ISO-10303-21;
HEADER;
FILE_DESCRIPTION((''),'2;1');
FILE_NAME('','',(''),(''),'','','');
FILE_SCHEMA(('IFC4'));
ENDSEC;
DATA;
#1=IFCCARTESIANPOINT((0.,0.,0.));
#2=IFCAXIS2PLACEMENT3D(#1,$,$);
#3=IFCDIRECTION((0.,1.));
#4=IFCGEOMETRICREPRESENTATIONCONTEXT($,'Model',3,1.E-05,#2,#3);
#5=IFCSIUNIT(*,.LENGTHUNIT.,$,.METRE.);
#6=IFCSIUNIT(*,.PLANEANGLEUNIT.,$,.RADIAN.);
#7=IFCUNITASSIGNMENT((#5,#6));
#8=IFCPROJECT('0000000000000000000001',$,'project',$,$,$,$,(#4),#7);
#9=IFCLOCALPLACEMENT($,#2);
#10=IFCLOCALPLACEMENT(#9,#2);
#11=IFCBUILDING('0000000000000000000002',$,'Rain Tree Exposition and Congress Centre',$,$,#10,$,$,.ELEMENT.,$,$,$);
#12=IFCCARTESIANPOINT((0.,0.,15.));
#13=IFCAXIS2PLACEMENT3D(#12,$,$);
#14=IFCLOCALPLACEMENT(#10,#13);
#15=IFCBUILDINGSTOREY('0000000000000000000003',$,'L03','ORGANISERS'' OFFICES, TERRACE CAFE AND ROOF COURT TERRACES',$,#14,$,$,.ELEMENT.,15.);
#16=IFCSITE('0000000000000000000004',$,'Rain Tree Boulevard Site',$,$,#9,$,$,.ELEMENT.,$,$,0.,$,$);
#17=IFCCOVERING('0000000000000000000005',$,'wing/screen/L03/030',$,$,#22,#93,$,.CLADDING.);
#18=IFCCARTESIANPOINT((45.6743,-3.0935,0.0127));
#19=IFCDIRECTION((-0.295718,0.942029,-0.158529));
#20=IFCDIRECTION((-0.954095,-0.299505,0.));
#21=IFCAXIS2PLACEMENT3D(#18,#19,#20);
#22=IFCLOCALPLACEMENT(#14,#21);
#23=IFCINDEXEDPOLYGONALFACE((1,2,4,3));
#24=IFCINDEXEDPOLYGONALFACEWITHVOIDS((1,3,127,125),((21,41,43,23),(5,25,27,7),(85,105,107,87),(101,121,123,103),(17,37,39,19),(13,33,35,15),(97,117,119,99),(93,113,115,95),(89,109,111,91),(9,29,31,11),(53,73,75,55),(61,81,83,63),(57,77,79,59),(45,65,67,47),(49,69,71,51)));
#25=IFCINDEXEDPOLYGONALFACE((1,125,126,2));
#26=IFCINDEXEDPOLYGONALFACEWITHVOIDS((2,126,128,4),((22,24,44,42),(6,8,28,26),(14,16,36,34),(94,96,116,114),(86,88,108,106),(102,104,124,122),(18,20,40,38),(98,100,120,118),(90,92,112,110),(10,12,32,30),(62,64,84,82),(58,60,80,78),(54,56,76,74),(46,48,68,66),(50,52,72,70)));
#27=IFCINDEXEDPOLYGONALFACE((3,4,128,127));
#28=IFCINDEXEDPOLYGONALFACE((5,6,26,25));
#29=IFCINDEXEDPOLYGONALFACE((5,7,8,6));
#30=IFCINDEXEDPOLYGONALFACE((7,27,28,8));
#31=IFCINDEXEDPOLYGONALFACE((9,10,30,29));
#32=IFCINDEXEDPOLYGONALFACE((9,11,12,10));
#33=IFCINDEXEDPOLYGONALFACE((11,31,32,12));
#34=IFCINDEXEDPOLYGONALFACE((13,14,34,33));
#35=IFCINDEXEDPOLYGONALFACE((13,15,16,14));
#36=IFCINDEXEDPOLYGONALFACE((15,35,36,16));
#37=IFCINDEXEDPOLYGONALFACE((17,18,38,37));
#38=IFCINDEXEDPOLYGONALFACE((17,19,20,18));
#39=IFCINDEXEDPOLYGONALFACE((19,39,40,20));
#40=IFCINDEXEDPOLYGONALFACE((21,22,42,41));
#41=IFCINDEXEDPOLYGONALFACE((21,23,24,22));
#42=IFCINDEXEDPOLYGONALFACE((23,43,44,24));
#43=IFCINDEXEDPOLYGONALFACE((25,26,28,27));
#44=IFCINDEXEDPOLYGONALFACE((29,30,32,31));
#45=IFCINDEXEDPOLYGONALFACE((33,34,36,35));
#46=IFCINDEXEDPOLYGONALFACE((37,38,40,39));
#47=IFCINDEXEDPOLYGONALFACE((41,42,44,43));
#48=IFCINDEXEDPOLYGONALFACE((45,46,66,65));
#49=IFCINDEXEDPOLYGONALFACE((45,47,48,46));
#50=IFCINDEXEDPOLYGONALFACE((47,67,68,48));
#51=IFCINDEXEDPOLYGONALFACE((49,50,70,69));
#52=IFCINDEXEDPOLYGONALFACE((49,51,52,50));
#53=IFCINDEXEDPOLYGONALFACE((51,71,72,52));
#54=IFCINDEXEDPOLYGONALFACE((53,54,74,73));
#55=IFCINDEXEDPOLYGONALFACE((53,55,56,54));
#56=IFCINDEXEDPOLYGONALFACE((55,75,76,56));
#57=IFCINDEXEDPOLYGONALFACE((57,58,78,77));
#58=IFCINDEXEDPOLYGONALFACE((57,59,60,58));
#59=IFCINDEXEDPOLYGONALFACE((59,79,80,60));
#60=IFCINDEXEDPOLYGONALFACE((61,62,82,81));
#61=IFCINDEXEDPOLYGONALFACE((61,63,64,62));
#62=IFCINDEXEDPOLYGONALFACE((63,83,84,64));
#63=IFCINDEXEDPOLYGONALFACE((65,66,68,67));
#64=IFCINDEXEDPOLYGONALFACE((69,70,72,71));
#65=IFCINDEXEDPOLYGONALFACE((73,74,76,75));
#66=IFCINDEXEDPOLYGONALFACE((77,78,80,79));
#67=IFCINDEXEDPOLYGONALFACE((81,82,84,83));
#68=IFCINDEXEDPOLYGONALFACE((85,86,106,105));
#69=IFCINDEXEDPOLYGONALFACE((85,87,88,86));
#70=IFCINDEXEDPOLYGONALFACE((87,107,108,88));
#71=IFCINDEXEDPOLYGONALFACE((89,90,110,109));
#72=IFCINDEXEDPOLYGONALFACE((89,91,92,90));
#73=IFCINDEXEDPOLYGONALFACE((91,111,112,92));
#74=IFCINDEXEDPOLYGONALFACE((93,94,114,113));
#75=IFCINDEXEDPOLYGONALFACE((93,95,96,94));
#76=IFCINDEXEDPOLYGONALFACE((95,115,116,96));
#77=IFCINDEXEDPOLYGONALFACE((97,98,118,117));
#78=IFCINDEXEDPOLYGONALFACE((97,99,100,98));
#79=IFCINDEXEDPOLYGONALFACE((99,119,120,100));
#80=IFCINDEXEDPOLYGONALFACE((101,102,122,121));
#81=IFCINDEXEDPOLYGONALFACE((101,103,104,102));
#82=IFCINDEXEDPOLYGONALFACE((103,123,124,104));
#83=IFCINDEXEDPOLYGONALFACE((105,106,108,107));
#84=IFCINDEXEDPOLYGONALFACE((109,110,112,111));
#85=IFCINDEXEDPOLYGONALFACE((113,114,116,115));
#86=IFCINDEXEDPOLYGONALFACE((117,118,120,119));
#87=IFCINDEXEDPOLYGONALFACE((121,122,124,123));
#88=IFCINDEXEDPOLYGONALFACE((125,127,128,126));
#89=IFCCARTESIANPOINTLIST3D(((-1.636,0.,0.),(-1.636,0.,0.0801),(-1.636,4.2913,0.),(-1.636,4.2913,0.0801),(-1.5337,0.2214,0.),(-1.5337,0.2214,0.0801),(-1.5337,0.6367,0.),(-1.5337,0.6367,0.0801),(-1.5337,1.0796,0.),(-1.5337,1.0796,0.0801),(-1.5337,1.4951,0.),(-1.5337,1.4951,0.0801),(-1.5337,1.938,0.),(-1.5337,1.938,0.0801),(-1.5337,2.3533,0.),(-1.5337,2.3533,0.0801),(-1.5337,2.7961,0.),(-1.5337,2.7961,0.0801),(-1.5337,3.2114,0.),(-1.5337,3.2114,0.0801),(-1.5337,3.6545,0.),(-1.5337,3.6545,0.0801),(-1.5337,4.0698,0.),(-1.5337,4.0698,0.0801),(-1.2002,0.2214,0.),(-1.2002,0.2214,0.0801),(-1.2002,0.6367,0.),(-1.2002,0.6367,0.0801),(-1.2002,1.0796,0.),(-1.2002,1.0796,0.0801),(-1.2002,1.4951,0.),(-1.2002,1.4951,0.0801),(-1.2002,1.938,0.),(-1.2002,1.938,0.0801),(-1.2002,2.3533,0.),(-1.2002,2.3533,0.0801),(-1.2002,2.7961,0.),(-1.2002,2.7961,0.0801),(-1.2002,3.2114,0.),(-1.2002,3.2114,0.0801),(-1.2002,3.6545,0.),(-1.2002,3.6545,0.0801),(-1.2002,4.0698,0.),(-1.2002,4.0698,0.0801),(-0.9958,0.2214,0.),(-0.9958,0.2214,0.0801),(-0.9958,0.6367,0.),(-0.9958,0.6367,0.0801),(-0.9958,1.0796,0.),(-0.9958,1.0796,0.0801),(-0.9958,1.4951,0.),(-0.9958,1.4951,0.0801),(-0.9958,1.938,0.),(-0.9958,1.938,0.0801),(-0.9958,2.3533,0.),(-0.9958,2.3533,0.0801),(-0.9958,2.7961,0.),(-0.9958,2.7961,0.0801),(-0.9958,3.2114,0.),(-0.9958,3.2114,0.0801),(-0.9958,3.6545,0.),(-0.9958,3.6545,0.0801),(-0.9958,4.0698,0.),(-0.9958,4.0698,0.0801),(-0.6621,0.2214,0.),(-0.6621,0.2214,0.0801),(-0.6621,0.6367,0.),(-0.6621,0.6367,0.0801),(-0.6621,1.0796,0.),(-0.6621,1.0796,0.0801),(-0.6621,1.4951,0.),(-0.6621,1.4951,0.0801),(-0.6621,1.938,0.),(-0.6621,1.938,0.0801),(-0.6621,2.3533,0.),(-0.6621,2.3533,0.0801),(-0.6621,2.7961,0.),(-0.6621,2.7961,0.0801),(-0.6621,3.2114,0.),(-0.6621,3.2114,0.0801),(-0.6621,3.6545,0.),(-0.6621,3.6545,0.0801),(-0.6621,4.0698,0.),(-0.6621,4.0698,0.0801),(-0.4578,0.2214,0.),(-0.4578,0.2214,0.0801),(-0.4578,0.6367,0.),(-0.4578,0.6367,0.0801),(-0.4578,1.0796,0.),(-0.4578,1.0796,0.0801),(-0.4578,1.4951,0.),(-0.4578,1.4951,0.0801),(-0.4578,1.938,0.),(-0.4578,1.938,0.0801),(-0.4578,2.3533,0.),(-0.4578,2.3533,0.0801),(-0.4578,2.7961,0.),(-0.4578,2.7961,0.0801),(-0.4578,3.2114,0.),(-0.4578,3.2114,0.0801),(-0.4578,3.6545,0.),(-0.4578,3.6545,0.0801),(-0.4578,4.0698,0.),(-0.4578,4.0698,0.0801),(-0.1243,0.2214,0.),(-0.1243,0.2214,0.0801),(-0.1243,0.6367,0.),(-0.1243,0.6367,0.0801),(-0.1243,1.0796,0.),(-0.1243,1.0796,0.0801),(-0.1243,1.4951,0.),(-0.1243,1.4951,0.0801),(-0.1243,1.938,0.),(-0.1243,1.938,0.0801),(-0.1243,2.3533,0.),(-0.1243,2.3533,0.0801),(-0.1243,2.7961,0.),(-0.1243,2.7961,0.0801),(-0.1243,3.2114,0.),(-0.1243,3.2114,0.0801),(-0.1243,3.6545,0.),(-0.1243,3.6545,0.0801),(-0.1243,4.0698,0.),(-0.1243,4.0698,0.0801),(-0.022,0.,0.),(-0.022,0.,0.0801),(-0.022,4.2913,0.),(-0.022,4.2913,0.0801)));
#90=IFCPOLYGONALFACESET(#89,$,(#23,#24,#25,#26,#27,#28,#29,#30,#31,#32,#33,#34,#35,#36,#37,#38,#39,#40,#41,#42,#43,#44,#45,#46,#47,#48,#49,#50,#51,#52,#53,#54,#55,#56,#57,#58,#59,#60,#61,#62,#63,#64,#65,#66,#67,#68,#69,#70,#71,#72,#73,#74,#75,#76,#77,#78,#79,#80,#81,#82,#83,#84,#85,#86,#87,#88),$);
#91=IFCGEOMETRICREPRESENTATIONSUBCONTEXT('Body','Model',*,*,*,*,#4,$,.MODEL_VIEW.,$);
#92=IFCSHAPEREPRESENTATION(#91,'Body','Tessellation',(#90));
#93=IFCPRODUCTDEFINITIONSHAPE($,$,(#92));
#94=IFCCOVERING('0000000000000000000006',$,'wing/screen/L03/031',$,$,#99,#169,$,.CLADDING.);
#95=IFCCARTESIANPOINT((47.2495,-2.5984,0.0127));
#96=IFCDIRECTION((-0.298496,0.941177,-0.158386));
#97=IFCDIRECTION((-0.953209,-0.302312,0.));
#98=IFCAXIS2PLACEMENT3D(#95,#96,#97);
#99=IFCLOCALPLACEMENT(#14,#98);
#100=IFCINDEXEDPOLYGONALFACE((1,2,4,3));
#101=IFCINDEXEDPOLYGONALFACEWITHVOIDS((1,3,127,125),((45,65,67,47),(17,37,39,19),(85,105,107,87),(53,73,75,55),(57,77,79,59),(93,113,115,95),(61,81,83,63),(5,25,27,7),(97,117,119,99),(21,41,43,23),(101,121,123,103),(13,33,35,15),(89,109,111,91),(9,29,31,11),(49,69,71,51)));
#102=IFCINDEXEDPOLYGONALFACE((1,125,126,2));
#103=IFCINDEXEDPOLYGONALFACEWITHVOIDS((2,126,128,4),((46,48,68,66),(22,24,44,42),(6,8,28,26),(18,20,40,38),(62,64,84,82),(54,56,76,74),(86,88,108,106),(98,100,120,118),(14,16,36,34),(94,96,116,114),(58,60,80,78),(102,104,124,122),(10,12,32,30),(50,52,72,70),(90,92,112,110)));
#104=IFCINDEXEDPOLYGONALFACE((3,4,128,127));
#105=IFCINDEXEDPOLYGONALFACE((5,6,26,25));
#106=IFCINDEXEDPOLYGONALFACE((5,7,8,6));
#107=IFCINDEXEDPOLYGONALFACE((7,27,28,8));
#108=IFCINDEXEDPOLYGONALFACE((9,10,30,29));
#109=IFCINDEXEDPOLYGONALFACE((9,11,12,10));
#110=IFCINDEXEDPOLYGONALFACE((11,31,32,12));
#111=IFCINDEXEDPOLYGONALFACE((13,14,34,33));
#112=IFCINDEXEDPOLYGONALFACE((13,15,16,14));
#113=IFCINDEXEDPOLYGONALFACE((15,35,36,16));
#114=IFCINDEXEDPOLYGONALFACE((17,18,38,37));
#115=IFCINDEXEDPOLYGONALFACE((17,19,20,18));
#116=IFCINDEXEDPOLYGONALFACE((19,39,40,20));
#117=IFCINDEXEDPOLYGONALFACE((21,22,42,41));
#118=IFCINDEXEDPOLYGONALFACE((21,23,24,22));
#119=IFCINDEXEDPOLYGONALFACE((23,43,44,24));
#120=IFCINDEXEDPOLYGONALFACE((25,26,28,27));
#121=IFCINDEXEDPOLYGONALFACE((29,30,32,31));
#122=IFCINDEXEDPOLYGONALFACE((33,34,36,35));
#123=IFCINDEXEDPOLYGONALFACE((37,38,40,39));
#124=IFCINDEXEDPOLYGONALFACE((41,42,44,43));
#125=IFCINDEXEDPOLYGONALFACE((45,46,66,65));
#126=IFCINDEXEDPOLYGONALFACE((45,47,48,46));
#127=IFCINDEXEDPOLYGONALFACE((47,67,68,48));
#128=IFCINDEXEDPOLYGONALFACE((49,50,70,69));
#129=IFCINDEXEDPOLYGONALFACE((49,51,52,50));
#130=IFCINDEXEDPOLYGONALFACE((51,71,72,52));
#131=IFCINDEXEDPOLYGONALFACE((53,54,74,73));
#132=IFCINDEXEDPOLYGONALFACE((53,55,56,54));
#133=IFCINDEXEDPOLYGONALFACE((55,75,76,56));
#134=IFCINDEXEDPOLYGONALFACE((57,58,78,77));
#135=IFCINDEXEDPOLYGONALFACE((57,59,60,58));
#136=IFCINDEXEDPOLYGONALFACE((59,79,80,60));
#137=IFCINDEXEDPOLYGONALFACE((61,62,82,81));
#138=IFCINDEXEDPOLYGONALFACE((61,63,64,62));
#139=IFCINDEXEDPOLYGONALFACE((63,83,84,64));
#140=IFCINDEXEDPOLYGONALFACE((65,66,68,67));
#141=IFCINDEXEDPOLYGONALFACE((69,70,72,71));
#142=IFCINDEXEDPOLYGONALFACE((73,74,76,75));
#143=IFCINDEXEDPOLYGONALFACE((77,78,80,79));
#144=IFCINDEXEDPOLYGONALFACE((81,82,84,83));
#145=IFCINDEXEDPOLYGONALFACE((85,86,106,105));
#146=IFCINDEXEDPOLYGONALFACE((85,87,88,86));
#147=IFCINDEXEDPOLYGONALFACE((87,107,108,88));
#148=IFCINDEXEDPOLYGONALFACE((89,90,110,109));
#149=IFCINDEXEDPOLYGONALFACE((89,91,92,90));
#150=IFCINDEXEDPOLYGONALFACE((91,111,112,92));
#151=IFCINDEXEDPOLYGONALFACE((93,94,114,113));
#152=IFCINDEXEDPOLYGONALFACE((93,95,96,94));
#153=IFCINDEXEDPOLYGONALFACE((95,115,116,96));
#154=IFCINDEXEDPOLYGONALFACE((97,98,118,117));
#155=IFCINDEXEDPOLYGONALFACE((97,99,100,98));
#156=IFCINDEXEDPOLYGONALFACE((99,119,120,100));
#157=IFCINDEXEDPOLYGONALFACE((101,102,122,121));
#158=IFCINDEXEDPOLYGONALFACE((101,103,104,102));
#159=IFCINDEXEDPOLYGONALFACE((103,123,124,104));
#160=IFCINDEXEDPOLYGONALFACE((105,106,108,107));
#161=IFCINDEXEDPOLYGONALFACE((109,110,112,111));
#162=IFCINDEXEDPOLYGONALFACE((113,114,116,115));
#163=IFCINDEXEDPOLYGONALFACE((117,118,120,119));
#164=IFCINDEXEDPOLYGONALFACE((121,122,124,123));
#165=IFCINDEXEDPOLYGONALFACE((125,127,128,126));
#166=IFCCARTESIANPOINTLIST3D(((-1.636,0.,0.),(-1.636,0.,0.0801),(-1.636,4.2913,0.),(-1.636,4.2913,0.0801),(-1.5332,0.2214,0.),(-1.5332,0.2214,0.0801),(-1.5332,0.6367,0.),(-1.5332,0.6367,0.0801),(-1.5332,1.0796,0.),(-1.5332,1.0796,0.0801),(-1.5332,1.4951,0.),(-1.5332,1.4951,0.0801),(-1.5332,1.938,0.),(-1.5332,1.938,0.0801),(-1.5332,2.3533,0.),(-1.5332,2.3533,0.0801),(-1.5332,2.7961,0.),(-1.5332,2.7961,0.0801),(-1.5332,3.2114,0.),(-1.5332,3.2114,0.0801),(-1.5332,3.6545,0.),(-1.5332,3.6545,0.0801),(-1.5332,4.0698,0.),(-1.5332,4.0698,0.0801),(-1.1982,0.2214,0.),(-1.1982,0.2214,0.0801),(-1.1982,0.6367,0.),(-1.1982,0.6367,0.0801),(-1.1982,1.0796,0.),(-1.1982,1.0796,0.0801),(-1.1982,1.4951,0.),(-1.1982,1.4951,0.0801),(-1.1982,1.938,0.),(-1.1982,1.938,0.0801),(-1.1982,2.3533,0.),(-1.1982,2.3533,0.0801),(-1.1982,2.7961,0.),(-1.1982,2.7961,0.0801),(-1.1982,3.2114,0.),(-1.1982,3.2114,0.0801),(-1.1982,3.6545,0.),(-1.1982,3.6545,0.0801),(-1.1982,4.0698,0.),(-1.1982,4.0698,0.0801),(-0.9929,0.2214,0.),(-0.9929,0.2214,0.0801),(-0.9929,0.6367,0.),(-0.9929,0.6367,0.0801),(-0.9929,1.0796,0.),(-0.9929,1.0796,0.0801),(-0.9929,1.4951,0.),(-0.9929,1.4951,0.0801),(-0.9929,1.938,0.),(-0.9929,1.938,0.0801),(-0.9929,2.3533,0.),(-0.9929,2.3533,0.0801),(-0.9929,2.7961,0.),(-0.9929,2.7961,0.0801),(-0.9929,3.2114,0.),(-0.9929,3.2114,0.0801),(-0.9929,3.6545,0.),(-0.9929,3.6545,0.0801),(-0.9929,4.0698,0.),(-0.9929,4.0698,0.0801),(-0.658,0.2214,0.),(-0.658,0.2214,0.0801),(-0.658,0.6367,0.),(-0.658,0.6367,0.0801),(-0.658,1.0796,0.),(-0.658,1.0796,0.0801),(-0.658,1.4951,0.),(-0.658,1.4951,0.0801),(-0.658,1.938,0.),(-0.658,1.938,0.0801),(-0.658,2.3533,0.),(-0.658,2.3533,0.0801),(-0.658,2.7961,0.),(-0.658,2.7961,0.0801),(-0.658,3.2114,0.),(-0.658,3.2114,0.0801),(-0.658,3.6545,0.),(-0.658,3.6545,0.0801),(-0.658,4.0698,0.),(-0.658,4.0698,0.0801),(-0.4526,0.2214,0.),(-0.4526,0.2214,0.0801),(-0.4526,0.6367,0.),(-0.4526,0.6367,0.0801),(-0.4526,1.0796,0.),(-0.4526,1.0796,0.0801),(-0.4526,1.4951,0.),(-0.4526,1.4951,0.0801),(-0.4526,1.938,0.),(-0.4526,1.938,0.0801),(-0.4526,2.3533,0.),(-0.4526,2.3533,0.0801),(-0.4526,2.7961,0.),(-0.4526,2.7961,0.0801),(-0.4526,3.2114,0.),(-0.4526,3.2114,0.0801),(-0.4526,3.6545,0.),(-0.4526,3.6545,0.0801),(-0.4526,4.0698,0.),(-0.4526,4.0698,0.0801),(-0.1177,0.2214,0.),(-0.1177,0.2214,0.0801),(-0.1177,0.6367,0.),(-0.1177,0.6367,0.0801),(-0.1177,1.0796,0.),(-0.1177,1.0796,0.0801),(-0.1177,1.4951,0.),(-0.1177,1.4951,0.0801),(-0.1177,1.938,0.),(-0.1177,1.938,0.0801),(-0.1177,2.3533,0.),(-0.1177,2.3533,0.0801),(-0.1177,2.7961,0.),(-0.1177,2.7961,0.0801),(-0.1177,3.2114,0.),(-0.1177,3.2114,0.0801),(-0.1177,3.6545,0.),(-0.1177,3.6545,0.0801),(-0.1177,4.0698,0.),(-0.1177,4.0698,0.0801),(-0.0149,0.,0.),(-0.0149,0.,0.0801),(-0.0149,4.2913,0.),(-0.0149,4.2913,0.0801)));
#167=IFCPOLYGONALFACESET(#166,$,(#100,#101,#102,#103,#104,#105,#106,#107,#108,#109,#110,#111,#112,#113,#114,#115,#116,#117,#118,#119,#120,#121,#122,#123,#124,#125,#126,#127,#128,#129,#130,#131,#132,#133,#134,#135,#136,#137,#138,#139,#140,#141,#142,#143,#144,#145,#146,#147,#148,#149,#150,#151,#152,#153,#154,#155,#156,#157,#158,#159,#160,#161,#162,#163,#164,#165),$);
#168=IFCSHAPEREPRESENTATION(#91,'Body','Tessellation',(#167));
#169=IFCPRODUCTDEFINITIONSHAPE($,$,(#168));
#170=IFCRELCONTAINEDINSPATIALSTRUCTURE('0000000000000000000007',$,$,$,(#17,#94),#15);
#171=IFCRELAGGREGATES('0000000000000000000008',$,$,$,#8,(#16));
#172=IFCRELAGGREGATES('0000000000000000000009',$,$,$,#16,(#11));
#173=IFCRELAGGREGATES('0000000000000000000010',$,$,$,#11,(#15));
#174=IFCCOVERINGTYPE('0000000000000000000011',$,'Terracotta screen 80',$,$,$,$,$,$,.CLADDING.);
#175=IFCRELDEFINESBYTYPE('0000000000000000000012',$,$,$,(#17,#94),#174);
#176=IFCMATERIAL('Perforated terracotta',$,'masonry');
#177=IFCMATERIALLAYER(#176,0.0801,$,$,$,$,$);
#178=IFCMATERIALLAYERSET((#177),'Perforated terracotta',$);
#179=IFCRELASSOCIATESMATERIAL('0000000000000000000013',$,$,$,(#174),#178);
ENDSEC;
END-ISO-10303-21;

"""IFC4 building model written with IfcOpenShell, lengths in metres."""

from ifc_helpers import new_model, si_unit, direction, frame, origin, place, context, subcontext, project, spatial, polyline, outline, extrude, material, layer, layer_set, type_object, element, save


model = new_model("IFC4")

# Units and contexts
model_context = context("Model", 3, precision=1e-05, world=origin(), true_north=direction((0.0, 1.0)))
body_context = subcontext(model_context, "Body", "Model", "MODEL_VIEW")
ifc_project = project(units=[si_unit("LENGTHUNIT", "METRE"), si_unit("PLANEANGLEUNIT", "RADIAN")], contexts=[model_context])

# Site, building, storey
site_placement = place(None, origin())
site = spatial("IfcSite", under=ifc_project, at=site_placement, Name="Rain Tree Boulevard Site", CompositionType="ELEMENT", RefElevation=0.0)
building_placement = place(site_placement, origin())
building = spatial("IfcBuilding", under=site, at=building_placement, Name="Rain Tree Exposition and Congress Centre", CompositionType="ELEMENT")
storey_placement = place(building_placement, frame((0.0, 0.0, 15.0)))
storey = spatial("IfcBuildingStorey", under=building, at=storey_placement, Name="L03", Description="ORGANISERS' OFFICES, TERRACE CAFE AND ROOF COURT TERRACES", CompositionType="ELEMENT", Elevation=15.0)

# Coverings
ifc_material_1 = material(Name="Perforated terracotta", Category="masonry")
ifc_layer_1 = layer(ifc_material_1, 0.0801)
ifc_layer_set_1 = layer_set([ifc_layer_1], Name="Perforated terracotta")
covering_type = type_object("IfcCoveringType", Name="Terracotta screen 80", PredefinedType="CLADDING", material=ifc_layer_set_1)
covering_1_placement = place(storey_placement, frame((45.6743, -3.0935, 0.0127), z_axis=(-0.295718, 0.942029, -0.158529), x_axis=(-0.954095, -0.299505, 0.0)))
element("IfcCovering", 1, at=covering_1_placement, inside=storey, type_object=covering_type, Name="wing/screen/L03/030", PredefinedType="CLADDING", context=body_context, shape_type="SweptSolid", body=[
    extrude(outline(polyline([(-1.636, 0.0), (-1.636, 4.2913), (-0.022, 4.2913), (-0.022, 0.0), (-1.636, 0.0)]), holes=[polyline([(-0.1243, 0.2214), (-0.1243, 0.6367), (-0.4578, 0.6367), (-0.4578, 0.2214), (-0.1243, 0.2214)]), polyline([(-0.1243, 1.0796), (-0.1243, 1.4951), (-0.4578, 1.4951), (-0.4578, 1.0796), (-0.1243, 1.0796)]), polyline([(-0.1243, 1.938), (-0.1243, 2.3533), (-0.4578, 2.3533), (-0.4578, 1.938), (-0.1243, 1.938)]), polyline([(-0.1243, 2.7961), (-0.1243, 3.2114), (-0.4578, 3.2114), (-0.4578, 2.7961), (-0.1243, 2.7961)]), polyline([(-0.1243, 3.6545), (-0.1243, 4.0698), (-0.4578, 4.0698), (-0.4578, 3.6545), (-0.1243, 3.6545)]), polyline([(-0.6621, 0.2214), (-0.6621, 0.6367), (-0.9958, 0.6367), (-0.9958, 0.2214), (-0.6621, 0.2214)]), polyline([(-0.6621, 1.0796), (-0.6621, 1.4951), (-0.9958, 1.4951), (-0.9958, 1.0796), (-0.6621, 1.0796)]), polyline([(-0.6621, 1.938), (-0.6621, 2.3533), (-0.9958, 2.3533), (-0.9958, 1.938), (-0.6621, 1.938)]), polyline([(-0.6621, 2.7961), (-0.6621, 3.2114), (-0.9958, 3.2114), (-0.9958, 2.7961), (-0.6621, 2.7961)]), polyline([(-0.6621, 3.6545), (-0.6621, 4.0698), (-0.9958, 4.0698), (-0.9958, 3.6545), (-0.6621, 3.6545)]), polyline([(-1.2002, 0.2214), (-1.2002, 0.6367), (-1.5337, 0.6367), (-1.5337, 0.2214), (-1.2002, 0.2214)]), polyline([(-1.2002, 1.0796), (-1.2002, 1.4951), (-1.5337, 1.4951), (-1.5337, 1.0796), (-1.2002, 1.0796)]), polyline([(-1.2002, 1.938), (-1.2002, 2.3533), (-1.5337, 2.3533), (-1.5337, 1.938), (-1.2002, 1.938)]), polyline([(-1.2002, 2.7961), (-1.2002, 3.2114), (-1.5337, 3.2114), (-1.5337, 2.7961), (-1.2002, 2.7961)]), polyline([(-1.2002, 3.6545), (-1.2002, 4.0698), (-1.5337, 4.0698), (-1.5337, 3.6545), (-1.2002, 3.6545)])]), origin(), (0.0, 0.0, 1.0), 0.0801),
])
covering_2_placement = place(storey_placement, frame((47.2495, -2.5984, 0.0127), z_axis=(-0.298496, 0.941177, -0.158386), x_axis=(-0.953209, -0.302312, 0.0)))
element("IfcCovering", 2, at=covering_2_placement, inside=storey, type_object=covering_type, Name="wing/screen/L03/031", PredefinedType="CLADDING", context=body_context, shape_type="SweptSolid", body=[
    extrude(outline(polyline([(-1.636, 0.0), (-1.636, 4.2913), (-0.0149, 4.2913), (-0.0149, 0.0), (-1.636, 0.0)]), holes=[polyline([(-0.1177, 0.2214), (-0.1177, 0.6367), (-0.4526, 0.6367), (-0.4526, 0.2214), (-0.1177, 0.2214)]), polyline([(-0.1177, 1.0796), (-0.1177, 1.4951), (-0.4526, 1.4951), (-0.4526, 1.0796), (-0.1177, 1.0796)]), polyline([(-0.1177, 1.938), (-0.1177, 2.3533), (-0.4526, 2.3533), (-0.4526, 1.938), (-0.1177, 1.938)]), polyline([(-0.1177, 2.7961), (-0.1177, 3.2114), (-0.4526, 3.2114), (-0.4526, 2.7961), (-0.1177, 2.7961)]), polyline([(-0.1177, 3.6545), (-0.1177, 4.0698), (-0.4526, 4.0698), (-0.4526, 3.6545), (-0.1177, 3.6545)]), polyline([(-0.658, 0.2214), (-0.658, 0.6367), (-0.9929, 0.6367), (-0.9929, 0.2214), (-0.658, 0.2214)]), polyline([(-0.658, 1.0796), (-0.658, 1.4951), (-0.9929, 1.4951), (-0.9929, 1.0796), (-0.658, 1.0796)]), polyline([(-0.658, 1.938), (-0.658, 2.3533), (-0.9929, 2.3533), (-0.9929, 1.938), (-0.658, 1.938)]), polyline([(-0.658, 2.7961), (-0.658, 3.2114), (-0.9929, 3.2114), (-0.9929, 2.7961), (-0.658, 2.7961)]), polyline([(-0.658, 3.6545), (-0.658, 4.0698), (-0.9929, 4.0698), (-0.9929, 3.6545), (-0.658, 3.6545)]), polyline([(-1.1982, 0.2214), (-1.1982, 0.6367), (-1.5332, 0.6367), (-1.5332, 0.2214), (-1.1982, 0.2214)]), polyline([(-1.1982, 1.0796), (-1.1982, 1.4951), (-1.5332, 1.4951), (-1.5332, 1.0796), (-1.1982, 1.0796)]), polyline([(-1.1982, 1.938), (-1.1982, 2.3533), (-1.5332, 2.3533), (-1.5332, 1.938), (-1.1982, 1.938)]), polyline([(-1.1982, 2.7961), (-1.1982, 3.2114), (-1.5332, 3.2114), (-1.5332, 2.7961), (-1.1982, 2.7961)]), polyline([(-1.1982, 3.6545), (-1.1982, 4.0698), (-1.5332, 4.0698), (-1.5332, 3.6545), (-1.1982, 3.6545)])]), origin(), (0.0, 0.0, 1.0), 0.0801),
])

save(model, "model.ifc")
